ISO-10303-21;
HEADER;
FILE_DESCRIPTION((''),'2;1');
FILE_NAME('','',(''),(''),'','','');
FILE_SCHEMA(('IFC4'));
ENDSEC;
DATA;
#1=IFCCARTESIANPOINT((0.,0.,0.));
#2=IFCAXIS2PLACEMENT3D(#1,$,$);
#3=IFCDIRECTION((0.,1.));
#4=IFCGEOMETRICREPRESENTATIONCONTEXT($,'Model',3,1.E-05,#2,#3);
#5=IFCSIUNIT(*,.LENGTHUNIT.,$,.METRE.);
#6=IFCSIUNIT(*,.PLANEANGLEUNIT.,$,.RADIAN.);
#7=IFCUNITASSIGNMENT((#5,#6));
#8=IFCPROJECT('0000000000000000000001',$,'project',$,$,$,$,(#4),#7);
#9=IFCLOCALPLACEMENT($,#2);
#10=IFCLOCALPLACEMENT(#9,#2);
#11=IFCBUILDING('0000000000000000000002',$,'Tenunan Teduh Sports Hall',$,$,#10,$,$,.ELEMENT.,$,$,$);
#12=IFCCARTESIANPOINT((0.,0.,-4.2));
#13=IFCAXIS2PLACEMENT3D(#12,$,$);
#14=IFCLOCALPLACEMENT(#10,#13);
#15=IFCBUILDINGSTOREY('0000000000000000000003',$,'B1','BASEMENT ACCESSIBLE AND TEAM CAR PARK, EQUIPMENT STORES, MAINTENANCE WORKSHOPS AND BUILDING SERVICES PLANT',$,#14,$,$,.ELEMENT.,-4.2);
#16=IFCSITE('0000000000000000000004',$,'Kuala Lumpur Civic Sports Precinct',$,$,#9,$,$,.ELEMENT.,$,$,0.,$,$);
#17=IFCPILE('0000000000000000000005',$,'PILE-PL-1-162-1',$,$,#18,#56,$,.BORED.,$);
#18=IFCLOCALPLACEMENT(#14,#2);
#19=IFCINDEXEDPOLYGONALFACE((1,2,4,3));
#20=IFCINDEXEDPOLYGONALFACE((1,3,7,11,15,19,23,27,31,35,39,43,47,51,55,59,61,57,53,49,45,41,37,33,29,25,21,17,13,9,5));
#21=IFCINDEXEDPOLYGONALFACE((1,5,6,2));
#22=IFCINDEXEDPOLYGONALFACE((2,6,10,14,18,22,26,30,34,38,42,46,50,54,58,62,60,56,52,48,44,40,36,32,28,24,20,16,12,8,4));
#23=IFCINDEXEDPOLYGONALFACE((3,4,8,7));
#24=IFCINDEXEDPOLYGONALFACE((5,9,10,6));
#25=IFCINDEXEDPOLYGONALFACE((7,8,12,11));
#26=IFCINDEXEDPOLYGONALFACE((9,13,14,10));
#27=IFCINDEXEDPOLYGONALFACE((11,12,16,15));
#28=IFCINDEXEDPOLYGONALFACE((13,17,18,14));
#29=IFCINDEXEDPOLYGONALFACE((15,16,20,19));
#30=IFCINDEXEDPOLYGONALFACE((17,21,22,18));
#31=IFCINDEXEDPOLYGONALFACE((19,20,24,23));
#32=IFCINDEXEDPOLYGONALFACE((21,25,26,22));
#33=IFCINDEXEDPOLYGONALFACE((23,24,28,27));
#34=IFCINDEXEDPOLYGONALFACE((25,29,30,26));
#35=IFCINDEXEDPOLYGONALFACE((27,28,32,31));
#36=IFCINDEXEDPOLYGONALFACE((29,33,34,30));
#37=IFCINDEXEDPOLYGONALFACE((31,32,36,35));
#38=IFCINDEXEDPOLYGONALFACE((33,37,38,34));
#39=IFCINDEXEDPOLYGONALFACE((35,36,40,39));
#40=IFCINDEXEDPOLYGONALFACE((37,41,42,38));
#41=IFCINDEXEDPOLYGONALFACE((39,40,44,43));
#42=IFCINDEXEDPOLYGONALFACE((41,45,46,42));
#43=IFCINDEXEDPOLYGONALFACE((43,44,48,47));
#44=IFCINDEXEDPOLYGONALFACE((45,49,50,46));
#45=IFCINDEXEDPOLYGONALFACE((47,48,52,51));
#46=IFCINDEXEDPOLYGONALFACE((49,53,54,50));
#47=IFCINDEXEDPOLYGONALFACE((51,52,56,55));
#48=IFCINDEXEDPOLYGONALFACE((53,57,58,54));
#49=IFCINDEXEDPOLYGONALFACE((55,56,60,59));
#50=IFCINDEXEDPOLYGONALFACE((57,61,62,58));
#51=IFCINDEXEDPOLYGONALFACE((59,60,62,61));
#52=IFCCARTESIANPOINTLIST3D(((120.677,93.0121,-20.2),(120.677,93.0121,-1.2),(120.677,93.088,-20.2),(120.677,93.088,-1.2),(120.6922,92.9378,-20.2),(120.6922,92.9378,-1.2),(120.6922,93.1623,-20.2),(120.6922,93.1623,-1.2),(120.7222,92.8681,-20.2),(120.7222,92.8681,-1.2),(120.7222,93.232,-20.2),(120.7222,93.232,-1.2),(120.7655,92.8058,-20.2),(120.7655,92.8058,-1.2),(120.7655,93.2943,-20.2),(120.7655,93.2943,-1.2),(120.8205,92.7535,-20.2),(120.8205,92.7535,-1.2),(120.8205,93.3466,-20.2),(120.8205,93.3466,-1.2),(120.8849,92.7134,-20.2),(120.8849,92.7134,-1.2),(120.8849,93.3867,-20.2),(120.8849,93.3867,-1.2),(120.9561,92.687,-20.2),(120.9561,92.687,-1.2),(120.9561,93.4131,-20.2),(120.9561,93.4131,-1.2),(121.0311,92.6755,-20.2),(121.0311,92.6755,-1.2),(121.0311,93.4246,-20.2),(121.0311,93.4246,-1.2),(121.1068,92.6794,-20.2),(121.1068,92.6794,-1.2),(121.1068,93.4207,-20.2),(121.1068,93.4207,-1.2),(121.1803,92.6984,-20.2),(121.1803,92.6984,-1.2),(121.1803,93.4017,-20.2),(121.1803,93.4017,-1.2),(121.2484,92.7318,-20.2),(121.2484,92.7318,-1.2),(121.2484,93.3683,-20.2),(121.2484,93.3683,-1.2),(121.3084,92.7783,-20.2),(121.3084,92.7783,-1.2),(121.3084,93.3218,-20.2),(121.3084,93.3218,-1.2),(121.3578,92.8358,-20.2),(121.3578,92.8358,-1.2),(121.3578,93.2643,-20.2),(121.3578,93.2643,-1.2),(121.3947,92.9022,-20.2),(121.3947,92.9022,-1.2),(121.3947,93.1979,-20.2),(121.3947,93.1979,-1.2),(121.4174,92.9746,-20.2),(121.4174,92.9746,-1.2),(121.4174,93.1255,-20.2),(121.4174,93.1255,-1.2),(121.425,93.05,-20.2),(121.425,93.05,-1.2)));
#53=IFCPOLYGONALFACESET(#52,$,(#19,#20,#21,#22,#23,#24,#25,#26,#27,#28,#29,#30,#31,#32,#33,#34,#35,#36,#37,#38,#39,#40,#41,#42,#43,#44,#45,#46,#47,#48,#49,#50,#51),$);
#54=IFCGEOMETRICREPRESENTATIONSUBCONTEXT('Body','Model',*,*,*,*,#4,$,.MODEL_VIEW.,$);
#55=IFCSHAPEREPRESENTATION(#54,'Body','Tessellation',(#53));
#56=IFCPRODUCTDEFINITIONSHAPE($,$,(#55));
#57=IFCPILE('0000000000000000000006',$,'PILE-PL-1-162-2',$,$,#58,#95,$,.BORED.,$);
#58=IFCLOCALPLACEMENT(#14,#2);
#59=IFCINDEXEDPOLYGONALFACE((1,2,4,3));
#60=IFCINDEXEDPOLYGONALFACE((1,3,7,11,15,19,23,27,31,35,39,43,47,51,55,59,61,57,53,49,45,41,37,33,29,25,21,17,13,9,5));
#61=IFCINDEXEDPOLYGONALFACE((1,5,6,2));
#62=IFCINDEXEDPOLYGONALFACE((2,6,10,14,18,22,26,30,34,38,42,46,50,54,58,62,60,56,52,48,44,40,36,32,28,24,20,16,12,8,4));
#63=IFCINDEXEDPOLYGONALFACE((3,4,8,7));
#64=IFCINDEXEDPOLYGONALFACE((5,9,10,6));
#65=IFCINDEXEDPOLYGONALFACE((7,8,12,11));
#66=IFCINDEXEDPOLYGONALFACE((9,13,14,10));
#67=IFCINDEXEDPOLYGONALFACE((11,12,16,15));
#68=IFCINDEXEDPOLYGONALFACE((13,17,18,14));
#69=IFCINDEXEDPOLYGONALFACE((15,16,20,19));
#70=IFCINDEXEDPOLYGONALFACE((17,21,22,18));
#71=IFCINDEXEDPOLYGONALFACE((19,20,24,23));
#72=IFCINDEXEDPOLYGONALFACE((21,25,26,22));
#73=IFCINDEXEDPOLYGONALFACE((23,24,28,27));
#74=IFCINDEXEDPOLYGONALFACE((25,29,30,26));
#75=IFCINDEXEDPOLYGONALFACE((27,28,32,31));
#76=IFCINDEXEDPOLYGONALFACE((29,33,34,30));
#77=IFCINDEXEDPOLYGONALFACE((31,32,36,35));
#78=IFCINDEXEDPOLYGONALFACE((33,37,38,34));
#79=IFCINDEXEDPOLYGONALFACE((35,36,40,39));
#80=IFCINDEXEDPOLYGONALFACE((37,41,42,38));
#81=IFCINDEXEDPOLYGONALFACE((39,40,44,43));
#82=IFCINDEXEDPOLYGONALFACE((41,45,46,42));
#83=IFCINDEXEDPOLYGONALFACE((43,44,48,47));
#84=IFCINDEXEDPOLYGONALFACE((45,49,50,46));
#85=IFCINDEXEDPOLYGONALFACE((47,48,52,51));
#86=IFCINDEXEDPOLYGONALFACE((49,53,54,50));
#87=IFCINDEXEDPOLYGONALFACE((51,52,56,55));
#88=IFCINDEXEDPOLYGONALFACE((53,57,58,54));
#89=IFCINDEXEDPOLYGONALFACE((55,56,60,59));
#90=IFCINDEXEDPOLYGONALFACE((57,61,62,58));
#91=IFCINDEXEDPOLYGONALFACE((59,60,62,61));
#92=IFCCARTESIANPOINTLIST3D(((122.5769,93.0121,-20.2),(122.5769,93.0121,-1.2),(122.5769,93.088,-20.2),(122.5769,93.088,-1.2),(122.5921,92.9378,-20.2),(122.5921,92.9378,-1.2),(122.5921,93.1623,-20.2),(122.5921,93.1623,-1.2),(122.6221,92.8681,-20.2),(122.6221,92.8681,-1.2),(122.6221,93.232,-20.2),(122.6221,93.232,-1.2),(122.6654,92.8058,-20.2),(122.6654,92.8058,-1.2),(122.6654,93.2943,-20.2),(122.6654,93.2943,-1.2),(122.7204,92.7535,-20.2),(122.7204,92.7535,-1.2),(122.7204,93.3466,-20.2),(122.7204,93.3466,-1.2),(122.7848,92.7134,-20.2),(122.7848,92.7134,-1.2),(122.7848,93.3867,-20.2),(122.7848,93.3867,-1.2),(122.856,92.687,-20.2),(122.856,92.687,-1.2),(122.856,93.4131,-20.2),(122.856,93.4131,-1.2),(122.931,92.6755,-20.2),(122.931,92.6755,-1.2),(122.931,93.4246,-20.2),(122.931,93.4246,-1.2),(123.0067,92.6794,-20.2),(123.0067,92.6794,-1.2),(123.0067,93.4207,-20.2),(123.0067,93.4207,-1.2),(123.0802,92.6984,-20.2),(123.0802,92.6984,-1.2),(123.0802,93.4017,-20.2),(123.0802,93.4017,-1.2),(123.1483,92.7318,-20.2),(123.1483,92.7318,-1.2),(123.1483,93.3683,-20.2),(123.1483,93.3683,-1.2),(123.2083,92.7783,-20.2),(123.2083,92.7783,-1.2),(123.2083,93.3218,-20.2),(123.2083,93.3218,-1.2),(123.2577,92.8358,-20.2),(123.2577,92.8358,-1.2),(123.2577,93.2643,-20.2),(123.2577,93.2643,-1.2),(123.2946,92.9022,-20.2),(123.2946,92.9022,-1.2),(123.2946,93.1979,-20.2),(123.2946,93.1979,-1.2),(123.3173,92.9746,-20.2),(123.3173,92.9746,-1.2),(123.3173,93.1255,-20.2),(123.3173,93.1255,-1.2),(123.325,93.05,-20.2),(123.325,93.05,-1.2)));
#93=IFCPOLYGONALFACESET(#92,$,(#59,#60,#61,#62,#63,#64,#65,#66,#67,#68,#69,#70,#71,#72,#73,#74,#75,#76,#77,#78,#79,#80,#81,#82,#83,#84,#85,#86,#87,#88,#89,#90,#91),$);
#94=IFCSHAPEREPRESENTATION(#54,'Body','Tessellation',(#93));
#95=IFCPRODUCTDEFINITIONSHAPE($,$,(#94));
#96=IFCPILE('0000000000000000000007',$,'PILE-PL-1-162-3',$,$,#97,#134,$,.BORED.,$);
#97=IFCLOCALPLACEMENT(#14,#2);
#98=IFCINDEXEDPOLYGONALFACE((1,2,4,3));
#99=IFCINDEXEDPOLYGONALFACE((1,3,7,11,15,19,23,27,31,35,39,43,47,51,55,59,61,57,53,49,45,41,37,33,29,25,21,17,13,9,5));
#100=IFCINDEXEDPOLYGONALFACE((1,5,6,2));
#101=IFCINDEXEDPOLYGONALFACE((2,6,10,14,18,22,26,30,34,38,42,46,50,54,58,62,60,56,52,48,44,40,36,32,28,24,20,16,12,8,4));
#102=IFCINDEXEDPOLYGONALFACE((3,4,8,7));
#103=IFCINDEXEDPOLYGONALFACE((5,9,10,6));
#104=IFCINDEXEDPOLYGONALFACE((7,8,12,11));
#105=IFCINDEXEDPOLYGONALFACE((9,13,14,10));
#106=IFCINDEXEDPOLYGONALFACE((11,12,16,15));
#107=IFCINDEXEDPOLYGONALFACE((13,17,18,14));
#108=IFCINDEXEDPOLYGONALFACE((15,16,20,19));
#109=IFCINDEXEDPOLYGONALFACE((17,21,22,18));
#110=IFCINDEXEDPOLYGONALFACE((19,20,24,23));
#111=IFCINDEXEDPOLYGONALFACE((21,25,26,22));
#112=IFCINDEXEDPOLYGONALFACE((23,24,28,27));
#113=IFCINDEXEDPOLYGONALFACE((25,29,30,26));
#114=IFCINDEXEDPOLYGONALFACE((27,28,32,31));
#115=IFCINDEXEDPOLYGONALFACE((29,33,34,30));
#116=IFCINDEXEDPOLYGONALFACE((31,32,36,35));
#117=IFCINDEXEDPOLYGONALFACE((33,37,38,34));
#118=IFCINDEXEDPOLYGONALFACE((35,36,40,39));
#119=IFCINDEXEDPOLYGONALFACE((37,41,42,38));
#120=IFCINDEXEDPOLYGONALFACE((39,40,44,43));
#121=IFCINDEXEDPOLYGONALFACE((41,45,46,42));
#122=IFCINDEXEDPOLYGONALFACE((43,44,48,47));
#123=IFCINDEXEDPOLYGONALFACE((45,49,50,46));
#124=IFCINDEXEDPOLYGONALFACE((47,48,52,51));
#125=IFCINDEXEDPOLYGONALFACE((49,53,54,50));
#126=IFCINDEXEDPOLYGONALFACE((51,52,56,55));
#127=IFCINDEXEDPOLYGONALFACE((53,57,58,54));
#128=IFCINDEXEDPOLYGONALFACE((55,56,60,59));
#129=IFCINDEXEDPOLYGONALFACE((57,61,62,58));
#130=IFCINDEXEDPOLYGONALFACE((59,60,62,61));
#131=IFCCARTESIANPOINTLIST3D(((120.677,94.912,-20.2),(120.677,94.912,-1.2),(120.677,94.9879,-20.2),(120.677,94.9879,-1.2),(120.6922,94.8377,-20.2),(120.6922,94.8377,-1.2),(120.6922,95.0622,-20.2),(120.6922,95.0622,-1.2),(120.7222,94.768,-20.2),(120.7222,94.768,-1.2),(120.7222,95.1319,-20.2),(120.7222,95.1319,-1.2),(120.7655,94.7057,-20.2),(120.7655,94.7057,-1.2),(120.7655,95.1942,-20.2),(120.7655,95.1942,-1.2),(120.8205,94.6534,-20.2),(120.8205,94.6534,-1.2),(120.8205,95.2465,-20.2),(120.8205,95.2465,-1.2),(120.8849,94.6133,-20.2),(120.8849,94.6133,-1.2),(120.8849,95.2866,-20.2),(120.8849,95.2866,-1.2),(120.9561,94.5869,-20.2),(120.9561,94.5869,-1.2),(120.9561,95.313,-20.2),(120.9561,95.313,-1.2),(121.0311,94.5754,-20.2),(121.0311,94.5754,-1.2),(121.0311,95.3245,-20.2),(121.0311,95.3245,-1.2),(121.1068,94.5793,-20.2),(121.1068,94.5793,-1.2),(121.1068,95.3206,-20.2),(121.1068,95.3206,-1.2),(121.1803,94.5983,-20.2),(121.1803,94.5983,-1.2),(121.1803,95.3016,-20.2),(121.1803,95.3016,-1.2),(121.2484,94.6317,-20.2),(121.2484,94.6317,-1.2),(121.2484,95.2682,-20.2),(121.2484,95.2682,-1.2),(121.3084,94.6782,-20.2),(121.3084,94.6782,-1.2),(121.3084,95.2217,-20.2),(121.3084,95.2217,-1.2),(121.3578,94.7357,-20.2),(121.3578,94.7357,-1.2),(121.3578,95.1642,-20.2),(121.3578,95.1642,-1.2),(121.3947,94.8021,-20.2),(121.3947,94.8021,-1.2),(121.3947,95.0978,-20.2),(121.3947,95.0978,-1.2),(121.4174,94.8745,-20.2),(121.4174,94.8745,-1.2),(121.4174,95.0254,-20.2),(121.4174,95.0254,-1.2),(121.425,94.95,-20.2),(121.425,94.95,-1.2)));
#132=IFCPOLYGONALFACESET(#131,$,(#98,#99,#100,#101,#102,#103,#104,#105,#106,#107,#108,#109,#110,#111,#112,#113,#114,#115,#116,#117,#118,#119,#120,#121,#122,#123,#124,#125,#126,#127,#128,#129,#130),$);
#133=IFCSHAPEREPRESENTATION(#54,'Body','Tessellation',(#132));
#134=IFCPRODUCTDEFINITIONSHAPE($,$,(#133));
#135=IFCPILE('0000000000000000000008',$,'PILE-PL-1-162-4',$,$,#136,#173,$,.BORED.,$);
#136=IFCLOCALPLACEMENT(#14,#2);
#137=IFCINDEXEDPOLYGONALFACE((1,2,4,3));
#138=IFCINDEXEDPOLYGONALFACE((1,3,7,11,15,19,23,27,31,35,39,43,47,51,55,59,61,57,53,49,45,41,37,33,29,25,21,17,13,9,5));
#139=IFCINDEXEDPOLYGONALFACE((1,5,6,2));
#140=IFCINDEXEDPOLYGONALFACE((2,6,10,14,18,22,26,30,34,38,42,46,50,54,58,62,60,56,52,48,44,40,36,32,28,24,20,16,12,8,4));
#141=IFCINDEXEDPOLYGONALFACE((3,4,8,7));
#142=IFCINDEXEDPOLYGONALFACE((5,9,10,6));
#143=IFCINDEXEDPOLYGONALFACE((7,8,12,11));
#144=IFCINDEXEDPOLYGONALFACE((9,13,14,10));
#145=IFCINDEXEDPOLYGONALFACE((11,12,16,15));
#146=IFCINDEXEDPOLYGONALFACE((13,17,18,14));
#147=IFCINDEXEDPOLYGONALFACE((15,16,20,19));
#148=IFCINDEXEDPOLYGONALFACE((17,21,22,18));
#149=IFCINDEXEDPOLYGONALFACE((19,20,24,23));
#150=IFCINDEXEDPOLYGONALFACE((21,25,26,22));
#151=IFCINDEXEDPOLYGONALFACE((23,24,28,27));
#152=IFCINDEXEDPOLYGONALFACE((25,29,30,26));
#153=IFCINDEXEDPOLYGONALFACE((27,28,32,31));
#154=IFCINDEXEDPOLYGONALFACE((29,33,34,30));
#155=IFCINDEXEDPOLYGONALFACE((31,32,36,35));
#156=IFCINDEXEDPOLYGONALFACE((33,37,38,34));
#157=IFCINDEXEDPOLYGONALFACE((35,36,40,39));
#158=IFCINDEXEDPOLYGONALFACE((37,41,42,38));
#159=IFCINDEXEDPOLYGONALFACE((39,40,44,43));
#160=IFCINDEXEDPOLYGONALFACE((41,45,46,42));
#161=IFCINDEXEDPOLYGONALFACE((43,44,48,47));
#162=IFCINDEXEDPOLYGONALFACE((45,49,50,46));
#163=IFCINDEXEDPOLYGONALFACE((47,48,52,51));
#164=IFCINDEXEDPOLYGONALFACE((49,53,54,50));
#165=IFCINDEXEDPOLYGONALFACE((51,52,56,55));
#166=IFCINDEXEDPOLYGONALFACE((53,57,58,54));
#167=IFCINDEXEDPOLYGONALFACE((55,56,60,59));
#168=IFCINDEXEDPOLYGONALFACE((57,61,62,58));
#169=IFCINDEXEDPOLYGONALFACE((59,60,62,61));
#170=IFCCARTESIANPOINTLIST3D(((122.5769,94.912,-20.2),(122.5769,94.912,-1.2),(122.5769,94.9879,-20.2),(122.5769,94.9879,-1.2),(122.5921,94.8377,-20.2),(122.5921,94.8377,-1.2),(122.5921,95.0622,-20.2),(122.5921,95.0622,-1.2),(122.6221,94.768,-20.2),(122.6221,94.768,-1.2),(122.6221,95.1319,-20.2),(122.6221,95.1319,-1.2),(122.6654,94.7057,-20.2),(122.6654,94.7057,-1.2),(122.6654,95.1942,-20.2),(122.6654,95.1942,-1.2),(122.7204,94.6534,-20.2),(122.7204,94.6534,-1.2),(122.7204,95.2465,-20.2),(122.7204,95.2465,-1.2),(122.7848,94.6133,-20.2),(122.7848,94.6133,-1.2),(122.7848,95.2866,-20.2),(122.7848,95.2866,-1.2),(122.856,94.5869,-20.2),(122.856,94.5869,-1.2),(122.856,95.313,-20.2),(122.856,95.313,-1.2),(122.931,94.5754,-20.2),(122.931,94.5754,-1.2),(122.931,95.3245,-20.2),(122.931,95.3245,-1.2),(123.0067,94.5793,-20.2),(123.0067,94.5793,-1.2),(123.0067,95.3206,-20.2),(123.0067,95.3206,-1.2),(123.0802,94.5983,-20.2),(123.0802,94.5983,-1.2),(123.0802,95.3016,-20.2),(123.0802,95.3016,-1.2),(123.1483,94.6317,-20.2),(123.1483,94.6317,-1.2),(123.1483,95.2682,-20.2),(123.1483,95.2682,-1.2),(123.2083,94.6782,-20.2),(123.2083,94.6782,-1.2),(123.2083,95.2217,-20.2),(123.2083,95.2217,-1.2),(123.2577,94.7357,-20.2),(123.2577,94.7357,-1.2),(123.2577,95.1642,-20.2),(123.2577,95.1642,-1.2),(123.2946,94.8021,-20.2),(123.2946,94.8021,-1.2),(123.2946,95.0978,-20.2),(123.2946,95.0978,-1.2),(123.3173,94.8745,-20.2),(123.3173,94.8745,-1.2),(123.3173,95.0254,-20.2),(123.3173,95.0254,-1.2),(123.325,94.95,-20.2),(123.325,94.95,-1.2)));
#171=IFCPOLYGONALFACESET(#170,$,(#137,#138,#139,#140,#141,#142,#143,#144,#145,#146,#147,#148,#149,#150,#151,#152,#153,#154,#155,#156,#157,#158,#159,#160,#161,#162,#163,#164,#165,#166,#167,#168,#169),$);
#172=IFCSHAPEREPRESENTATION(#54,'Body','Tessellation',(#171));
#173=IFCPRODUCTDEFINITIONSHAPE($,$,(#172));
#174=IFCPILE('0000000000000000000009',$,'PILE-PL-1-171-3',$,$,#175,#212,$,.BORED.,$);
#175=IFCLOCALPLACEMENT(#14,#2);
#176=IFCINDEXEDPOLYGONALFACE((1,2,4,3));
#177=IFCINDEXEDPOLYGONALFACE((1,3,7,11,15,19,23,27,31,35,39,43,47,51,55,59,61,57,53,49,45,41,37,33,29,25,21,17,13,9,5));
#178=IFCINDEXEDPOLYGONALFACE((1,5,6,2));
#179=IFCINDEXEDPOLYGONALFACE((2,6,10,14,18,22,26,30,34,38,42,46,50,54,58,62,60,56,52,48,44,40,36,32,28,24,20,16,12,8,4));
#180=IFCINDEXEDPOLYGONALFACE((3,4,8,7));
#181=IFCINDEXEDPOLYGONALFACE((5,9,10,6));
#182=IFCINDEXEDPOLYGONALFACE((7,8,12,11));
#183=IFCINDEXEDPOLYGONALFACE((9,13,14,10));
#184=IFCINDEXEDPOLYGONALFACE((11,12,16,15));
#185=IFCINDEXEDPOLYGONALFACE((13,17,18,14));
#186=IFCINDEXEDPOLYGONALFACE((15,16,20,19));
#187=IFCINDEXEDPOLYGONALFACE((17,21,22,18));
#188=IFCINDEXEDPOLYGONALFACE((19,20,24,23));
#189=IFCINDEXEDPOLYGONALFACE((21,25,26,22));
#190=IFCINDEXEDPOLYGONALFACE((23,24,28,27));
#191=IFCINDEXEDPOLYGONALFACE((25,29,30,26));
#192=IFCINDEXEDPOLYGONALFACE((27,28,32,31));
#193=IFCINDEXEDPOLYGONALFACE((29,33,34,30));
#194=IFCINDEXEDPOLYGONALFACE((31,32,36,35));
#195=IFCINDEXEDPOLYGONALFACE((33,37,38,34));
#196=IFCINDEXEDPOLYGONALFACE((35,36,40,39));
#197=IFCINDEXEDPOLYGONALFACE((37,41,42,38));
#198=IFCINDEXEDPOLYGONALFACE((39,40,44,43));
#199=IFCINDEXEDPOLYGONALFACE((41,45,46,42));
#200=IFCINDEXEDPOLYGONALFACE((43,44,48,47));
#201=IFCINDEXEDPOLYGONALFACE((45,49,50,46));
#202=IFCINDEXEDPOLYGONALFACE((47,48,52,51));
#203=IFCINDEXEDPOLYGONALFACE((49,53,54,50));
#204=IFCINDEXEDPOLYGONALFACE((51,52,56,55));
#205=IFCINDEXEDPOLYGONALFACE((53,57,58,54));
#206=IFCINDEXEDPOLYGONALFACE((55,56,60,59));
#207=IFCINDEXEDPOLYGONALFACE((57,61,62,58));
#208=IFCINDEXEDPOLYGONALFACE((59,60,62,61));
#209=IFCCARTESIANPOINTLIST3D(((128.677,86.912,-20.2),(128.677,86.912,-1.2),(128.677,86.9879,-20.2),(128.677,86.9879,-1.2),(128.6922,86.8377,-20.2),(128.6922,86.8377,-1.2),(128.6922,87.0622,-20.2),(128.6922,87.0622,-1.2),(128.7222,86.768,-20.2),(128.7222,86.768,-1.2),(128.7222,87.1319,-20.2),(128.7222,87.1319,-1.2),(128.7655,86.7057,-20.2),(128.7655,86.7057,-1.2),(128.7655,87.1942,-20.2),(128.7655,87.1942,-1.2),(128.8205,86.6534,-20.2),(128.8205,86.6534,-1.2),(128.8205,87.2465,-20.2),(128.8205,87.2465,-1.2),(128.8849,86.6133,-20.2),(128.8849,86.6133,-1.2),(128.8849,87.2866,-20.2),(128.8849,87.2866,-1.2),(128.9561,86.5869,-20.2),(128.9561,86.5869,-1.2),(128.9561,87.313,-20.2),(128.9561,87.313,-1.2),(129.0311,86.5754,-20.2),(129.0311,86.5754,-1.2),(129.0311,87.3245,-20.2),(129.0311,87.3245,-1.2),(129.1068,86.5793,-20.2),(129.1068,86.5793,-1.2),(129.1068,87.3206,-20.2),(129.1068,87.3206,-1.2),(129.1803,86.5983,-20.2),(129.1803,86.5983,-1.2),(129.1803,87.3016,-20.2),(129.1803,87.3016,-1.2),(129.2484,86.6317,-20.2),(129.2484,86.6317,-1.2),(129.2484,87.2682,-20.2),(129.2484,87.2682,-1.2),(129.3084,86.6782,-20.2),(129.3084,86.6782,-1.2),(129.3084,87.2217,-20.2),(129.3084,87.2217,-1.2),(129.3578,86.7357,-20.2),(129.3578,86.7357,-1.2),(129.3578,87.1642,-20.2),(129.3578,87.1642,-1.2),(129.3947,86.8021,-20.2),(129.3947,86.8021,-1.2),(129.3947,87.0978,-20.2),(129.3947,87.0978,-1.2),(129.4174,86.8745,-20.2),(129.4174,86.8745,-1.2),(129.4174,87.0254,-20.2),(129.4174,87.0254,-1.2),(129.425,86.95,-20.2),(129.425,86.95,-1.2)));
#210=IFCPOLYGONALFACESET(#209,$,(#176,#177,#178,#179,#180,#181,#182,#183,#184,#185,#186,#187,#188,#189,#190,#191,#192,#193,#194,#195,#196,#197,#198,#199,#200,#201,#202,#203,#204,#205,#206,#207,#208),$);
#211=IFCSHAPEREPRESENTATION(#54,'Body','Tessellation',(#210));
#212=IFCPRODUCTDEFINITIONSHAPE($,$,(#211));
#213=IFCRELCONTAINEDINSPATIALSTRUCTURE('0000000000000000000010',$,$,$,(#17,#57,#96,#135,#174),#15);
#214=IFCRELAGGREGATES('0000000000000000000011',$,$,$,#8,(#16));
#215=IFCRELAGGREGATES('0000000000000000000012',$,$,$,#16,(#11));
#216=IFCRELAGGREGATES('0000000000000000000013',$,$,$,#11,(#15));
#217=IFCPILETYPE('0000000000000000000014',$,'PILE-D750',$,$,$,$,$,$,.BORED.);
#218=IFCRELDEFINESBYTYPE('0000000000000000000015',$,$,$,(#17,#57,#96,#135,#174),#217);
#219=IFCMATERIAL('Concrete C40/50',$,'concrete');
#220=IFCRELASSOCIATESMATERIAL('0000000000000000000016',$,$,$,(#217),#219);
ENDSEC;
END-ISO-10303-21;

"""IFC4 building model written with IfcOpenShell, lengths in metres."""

from ifc_helpers import new_model, si_unit, direction, frame, origin, origin_2d, place, context, subcontext, project, spatial, circle, extrude, material, material_profile, profile_set, type_object, element, save


model = new_model("IFC4")

# Units and contexts
model_context = context("Model", 3, precision=1e-05, world=origin(), true_north=direction((0.0, 1.0)))
body_context = subcontext(model_context, "Body", "Model", "MODEL_VIEW")
ifc_project = project(units=[si_unit("LENGTHUNIT", "METRE"), si_unit("PLANEANGLEUNIT", "RADIAN")], contexts=[model_context])

# Site, building, storey
site_placement = place(None, origin())
site = spatial("IfcSite", under=ifc_project, at=site_placement, Name="Kuala Lumpur Civic Sports Precinct", CompositionType="ELEMENT", RefElevation=0.0)
building_placement = place(site_placement, origin())
building = spatial("IfcBuilding", under=site, at=building_placement, Name="Tenunan Teduh Sports Hall", CompositionType="ELEMENT")
storey_placement = place(building_placement, frame((0.0, 0.0, -4.2)))
storey = spatial("IfcBuildingStorey", under=building, at=storey_placement, Name="B1", Description="BASEMENT ACCESSIBLE AND TEAM CAR PARK, EQUIPMENT STORES, MAINTENANCE WORKSHOPS AND BUILDING SERVICES PLANT", CompositionType="ELEMENT", Elevation=-4.2)

# Piles
ifc_material_1 = material(Name="Concrete C40/50", Category="concrete")
ifc_material_profile_1 = material_profile(ifc_material_1, circle(Radius=0.375, at=origin_2d()), Name="PILE D750")
ifc_profile_set_1 = profile_set([ifc_material_profile_1], Name="Concrete C40/50")
pile_type = type_object("IfcPileType", Name="PILE-D750", PredefinedType="BORED", material=ifc_profile_set_1)
for number, where, z_axis, x_axis, name in (
    (1, (121.05, 93.05, -1.2), (0.0, 0.0, -1.0), (1.0, 0.0, 0.0), "PILE-PL-1-162-1"),
    (2, (122.95, 93.05, -1.2), (0.0, 0.0, -1.0), (1.0, 0.0, 0.0), "PILE-PL-1-162-2"),
    (3, (121.05, 94.95, -1.2), (0.0, 0.0, -1.0), (1.0, 0.0, 0.0), "PILE-PL-1-162-3"),
    (4, (122.95, 94.95, -1.2), (0.0, 0.0, -1.0), (1.0, 0.0, 0.0), "PILE-PL-1-162-4"),
    (5, (129.05, 86.95, -1.2), (0.0, 0.0, -1.0), (1.0, 0.0, 0.0), "PILE-PL-1-171-3"),
):
    element("IfcPile", number, at=place(storey_placement, frame(where, z_axis=z_axis, x_axis=x_axis)), inside=storey, type_object=pile_type, Name=name, PredefinedType="BORED", context=body_context, shape_type="SweptSolid", body=[
        extrude(circle(Radius=0.375, at=origin_2d()), origin(), (0.0, 0.0, 1.0), 19.0),
    ])

save(model, "model.ifc")
